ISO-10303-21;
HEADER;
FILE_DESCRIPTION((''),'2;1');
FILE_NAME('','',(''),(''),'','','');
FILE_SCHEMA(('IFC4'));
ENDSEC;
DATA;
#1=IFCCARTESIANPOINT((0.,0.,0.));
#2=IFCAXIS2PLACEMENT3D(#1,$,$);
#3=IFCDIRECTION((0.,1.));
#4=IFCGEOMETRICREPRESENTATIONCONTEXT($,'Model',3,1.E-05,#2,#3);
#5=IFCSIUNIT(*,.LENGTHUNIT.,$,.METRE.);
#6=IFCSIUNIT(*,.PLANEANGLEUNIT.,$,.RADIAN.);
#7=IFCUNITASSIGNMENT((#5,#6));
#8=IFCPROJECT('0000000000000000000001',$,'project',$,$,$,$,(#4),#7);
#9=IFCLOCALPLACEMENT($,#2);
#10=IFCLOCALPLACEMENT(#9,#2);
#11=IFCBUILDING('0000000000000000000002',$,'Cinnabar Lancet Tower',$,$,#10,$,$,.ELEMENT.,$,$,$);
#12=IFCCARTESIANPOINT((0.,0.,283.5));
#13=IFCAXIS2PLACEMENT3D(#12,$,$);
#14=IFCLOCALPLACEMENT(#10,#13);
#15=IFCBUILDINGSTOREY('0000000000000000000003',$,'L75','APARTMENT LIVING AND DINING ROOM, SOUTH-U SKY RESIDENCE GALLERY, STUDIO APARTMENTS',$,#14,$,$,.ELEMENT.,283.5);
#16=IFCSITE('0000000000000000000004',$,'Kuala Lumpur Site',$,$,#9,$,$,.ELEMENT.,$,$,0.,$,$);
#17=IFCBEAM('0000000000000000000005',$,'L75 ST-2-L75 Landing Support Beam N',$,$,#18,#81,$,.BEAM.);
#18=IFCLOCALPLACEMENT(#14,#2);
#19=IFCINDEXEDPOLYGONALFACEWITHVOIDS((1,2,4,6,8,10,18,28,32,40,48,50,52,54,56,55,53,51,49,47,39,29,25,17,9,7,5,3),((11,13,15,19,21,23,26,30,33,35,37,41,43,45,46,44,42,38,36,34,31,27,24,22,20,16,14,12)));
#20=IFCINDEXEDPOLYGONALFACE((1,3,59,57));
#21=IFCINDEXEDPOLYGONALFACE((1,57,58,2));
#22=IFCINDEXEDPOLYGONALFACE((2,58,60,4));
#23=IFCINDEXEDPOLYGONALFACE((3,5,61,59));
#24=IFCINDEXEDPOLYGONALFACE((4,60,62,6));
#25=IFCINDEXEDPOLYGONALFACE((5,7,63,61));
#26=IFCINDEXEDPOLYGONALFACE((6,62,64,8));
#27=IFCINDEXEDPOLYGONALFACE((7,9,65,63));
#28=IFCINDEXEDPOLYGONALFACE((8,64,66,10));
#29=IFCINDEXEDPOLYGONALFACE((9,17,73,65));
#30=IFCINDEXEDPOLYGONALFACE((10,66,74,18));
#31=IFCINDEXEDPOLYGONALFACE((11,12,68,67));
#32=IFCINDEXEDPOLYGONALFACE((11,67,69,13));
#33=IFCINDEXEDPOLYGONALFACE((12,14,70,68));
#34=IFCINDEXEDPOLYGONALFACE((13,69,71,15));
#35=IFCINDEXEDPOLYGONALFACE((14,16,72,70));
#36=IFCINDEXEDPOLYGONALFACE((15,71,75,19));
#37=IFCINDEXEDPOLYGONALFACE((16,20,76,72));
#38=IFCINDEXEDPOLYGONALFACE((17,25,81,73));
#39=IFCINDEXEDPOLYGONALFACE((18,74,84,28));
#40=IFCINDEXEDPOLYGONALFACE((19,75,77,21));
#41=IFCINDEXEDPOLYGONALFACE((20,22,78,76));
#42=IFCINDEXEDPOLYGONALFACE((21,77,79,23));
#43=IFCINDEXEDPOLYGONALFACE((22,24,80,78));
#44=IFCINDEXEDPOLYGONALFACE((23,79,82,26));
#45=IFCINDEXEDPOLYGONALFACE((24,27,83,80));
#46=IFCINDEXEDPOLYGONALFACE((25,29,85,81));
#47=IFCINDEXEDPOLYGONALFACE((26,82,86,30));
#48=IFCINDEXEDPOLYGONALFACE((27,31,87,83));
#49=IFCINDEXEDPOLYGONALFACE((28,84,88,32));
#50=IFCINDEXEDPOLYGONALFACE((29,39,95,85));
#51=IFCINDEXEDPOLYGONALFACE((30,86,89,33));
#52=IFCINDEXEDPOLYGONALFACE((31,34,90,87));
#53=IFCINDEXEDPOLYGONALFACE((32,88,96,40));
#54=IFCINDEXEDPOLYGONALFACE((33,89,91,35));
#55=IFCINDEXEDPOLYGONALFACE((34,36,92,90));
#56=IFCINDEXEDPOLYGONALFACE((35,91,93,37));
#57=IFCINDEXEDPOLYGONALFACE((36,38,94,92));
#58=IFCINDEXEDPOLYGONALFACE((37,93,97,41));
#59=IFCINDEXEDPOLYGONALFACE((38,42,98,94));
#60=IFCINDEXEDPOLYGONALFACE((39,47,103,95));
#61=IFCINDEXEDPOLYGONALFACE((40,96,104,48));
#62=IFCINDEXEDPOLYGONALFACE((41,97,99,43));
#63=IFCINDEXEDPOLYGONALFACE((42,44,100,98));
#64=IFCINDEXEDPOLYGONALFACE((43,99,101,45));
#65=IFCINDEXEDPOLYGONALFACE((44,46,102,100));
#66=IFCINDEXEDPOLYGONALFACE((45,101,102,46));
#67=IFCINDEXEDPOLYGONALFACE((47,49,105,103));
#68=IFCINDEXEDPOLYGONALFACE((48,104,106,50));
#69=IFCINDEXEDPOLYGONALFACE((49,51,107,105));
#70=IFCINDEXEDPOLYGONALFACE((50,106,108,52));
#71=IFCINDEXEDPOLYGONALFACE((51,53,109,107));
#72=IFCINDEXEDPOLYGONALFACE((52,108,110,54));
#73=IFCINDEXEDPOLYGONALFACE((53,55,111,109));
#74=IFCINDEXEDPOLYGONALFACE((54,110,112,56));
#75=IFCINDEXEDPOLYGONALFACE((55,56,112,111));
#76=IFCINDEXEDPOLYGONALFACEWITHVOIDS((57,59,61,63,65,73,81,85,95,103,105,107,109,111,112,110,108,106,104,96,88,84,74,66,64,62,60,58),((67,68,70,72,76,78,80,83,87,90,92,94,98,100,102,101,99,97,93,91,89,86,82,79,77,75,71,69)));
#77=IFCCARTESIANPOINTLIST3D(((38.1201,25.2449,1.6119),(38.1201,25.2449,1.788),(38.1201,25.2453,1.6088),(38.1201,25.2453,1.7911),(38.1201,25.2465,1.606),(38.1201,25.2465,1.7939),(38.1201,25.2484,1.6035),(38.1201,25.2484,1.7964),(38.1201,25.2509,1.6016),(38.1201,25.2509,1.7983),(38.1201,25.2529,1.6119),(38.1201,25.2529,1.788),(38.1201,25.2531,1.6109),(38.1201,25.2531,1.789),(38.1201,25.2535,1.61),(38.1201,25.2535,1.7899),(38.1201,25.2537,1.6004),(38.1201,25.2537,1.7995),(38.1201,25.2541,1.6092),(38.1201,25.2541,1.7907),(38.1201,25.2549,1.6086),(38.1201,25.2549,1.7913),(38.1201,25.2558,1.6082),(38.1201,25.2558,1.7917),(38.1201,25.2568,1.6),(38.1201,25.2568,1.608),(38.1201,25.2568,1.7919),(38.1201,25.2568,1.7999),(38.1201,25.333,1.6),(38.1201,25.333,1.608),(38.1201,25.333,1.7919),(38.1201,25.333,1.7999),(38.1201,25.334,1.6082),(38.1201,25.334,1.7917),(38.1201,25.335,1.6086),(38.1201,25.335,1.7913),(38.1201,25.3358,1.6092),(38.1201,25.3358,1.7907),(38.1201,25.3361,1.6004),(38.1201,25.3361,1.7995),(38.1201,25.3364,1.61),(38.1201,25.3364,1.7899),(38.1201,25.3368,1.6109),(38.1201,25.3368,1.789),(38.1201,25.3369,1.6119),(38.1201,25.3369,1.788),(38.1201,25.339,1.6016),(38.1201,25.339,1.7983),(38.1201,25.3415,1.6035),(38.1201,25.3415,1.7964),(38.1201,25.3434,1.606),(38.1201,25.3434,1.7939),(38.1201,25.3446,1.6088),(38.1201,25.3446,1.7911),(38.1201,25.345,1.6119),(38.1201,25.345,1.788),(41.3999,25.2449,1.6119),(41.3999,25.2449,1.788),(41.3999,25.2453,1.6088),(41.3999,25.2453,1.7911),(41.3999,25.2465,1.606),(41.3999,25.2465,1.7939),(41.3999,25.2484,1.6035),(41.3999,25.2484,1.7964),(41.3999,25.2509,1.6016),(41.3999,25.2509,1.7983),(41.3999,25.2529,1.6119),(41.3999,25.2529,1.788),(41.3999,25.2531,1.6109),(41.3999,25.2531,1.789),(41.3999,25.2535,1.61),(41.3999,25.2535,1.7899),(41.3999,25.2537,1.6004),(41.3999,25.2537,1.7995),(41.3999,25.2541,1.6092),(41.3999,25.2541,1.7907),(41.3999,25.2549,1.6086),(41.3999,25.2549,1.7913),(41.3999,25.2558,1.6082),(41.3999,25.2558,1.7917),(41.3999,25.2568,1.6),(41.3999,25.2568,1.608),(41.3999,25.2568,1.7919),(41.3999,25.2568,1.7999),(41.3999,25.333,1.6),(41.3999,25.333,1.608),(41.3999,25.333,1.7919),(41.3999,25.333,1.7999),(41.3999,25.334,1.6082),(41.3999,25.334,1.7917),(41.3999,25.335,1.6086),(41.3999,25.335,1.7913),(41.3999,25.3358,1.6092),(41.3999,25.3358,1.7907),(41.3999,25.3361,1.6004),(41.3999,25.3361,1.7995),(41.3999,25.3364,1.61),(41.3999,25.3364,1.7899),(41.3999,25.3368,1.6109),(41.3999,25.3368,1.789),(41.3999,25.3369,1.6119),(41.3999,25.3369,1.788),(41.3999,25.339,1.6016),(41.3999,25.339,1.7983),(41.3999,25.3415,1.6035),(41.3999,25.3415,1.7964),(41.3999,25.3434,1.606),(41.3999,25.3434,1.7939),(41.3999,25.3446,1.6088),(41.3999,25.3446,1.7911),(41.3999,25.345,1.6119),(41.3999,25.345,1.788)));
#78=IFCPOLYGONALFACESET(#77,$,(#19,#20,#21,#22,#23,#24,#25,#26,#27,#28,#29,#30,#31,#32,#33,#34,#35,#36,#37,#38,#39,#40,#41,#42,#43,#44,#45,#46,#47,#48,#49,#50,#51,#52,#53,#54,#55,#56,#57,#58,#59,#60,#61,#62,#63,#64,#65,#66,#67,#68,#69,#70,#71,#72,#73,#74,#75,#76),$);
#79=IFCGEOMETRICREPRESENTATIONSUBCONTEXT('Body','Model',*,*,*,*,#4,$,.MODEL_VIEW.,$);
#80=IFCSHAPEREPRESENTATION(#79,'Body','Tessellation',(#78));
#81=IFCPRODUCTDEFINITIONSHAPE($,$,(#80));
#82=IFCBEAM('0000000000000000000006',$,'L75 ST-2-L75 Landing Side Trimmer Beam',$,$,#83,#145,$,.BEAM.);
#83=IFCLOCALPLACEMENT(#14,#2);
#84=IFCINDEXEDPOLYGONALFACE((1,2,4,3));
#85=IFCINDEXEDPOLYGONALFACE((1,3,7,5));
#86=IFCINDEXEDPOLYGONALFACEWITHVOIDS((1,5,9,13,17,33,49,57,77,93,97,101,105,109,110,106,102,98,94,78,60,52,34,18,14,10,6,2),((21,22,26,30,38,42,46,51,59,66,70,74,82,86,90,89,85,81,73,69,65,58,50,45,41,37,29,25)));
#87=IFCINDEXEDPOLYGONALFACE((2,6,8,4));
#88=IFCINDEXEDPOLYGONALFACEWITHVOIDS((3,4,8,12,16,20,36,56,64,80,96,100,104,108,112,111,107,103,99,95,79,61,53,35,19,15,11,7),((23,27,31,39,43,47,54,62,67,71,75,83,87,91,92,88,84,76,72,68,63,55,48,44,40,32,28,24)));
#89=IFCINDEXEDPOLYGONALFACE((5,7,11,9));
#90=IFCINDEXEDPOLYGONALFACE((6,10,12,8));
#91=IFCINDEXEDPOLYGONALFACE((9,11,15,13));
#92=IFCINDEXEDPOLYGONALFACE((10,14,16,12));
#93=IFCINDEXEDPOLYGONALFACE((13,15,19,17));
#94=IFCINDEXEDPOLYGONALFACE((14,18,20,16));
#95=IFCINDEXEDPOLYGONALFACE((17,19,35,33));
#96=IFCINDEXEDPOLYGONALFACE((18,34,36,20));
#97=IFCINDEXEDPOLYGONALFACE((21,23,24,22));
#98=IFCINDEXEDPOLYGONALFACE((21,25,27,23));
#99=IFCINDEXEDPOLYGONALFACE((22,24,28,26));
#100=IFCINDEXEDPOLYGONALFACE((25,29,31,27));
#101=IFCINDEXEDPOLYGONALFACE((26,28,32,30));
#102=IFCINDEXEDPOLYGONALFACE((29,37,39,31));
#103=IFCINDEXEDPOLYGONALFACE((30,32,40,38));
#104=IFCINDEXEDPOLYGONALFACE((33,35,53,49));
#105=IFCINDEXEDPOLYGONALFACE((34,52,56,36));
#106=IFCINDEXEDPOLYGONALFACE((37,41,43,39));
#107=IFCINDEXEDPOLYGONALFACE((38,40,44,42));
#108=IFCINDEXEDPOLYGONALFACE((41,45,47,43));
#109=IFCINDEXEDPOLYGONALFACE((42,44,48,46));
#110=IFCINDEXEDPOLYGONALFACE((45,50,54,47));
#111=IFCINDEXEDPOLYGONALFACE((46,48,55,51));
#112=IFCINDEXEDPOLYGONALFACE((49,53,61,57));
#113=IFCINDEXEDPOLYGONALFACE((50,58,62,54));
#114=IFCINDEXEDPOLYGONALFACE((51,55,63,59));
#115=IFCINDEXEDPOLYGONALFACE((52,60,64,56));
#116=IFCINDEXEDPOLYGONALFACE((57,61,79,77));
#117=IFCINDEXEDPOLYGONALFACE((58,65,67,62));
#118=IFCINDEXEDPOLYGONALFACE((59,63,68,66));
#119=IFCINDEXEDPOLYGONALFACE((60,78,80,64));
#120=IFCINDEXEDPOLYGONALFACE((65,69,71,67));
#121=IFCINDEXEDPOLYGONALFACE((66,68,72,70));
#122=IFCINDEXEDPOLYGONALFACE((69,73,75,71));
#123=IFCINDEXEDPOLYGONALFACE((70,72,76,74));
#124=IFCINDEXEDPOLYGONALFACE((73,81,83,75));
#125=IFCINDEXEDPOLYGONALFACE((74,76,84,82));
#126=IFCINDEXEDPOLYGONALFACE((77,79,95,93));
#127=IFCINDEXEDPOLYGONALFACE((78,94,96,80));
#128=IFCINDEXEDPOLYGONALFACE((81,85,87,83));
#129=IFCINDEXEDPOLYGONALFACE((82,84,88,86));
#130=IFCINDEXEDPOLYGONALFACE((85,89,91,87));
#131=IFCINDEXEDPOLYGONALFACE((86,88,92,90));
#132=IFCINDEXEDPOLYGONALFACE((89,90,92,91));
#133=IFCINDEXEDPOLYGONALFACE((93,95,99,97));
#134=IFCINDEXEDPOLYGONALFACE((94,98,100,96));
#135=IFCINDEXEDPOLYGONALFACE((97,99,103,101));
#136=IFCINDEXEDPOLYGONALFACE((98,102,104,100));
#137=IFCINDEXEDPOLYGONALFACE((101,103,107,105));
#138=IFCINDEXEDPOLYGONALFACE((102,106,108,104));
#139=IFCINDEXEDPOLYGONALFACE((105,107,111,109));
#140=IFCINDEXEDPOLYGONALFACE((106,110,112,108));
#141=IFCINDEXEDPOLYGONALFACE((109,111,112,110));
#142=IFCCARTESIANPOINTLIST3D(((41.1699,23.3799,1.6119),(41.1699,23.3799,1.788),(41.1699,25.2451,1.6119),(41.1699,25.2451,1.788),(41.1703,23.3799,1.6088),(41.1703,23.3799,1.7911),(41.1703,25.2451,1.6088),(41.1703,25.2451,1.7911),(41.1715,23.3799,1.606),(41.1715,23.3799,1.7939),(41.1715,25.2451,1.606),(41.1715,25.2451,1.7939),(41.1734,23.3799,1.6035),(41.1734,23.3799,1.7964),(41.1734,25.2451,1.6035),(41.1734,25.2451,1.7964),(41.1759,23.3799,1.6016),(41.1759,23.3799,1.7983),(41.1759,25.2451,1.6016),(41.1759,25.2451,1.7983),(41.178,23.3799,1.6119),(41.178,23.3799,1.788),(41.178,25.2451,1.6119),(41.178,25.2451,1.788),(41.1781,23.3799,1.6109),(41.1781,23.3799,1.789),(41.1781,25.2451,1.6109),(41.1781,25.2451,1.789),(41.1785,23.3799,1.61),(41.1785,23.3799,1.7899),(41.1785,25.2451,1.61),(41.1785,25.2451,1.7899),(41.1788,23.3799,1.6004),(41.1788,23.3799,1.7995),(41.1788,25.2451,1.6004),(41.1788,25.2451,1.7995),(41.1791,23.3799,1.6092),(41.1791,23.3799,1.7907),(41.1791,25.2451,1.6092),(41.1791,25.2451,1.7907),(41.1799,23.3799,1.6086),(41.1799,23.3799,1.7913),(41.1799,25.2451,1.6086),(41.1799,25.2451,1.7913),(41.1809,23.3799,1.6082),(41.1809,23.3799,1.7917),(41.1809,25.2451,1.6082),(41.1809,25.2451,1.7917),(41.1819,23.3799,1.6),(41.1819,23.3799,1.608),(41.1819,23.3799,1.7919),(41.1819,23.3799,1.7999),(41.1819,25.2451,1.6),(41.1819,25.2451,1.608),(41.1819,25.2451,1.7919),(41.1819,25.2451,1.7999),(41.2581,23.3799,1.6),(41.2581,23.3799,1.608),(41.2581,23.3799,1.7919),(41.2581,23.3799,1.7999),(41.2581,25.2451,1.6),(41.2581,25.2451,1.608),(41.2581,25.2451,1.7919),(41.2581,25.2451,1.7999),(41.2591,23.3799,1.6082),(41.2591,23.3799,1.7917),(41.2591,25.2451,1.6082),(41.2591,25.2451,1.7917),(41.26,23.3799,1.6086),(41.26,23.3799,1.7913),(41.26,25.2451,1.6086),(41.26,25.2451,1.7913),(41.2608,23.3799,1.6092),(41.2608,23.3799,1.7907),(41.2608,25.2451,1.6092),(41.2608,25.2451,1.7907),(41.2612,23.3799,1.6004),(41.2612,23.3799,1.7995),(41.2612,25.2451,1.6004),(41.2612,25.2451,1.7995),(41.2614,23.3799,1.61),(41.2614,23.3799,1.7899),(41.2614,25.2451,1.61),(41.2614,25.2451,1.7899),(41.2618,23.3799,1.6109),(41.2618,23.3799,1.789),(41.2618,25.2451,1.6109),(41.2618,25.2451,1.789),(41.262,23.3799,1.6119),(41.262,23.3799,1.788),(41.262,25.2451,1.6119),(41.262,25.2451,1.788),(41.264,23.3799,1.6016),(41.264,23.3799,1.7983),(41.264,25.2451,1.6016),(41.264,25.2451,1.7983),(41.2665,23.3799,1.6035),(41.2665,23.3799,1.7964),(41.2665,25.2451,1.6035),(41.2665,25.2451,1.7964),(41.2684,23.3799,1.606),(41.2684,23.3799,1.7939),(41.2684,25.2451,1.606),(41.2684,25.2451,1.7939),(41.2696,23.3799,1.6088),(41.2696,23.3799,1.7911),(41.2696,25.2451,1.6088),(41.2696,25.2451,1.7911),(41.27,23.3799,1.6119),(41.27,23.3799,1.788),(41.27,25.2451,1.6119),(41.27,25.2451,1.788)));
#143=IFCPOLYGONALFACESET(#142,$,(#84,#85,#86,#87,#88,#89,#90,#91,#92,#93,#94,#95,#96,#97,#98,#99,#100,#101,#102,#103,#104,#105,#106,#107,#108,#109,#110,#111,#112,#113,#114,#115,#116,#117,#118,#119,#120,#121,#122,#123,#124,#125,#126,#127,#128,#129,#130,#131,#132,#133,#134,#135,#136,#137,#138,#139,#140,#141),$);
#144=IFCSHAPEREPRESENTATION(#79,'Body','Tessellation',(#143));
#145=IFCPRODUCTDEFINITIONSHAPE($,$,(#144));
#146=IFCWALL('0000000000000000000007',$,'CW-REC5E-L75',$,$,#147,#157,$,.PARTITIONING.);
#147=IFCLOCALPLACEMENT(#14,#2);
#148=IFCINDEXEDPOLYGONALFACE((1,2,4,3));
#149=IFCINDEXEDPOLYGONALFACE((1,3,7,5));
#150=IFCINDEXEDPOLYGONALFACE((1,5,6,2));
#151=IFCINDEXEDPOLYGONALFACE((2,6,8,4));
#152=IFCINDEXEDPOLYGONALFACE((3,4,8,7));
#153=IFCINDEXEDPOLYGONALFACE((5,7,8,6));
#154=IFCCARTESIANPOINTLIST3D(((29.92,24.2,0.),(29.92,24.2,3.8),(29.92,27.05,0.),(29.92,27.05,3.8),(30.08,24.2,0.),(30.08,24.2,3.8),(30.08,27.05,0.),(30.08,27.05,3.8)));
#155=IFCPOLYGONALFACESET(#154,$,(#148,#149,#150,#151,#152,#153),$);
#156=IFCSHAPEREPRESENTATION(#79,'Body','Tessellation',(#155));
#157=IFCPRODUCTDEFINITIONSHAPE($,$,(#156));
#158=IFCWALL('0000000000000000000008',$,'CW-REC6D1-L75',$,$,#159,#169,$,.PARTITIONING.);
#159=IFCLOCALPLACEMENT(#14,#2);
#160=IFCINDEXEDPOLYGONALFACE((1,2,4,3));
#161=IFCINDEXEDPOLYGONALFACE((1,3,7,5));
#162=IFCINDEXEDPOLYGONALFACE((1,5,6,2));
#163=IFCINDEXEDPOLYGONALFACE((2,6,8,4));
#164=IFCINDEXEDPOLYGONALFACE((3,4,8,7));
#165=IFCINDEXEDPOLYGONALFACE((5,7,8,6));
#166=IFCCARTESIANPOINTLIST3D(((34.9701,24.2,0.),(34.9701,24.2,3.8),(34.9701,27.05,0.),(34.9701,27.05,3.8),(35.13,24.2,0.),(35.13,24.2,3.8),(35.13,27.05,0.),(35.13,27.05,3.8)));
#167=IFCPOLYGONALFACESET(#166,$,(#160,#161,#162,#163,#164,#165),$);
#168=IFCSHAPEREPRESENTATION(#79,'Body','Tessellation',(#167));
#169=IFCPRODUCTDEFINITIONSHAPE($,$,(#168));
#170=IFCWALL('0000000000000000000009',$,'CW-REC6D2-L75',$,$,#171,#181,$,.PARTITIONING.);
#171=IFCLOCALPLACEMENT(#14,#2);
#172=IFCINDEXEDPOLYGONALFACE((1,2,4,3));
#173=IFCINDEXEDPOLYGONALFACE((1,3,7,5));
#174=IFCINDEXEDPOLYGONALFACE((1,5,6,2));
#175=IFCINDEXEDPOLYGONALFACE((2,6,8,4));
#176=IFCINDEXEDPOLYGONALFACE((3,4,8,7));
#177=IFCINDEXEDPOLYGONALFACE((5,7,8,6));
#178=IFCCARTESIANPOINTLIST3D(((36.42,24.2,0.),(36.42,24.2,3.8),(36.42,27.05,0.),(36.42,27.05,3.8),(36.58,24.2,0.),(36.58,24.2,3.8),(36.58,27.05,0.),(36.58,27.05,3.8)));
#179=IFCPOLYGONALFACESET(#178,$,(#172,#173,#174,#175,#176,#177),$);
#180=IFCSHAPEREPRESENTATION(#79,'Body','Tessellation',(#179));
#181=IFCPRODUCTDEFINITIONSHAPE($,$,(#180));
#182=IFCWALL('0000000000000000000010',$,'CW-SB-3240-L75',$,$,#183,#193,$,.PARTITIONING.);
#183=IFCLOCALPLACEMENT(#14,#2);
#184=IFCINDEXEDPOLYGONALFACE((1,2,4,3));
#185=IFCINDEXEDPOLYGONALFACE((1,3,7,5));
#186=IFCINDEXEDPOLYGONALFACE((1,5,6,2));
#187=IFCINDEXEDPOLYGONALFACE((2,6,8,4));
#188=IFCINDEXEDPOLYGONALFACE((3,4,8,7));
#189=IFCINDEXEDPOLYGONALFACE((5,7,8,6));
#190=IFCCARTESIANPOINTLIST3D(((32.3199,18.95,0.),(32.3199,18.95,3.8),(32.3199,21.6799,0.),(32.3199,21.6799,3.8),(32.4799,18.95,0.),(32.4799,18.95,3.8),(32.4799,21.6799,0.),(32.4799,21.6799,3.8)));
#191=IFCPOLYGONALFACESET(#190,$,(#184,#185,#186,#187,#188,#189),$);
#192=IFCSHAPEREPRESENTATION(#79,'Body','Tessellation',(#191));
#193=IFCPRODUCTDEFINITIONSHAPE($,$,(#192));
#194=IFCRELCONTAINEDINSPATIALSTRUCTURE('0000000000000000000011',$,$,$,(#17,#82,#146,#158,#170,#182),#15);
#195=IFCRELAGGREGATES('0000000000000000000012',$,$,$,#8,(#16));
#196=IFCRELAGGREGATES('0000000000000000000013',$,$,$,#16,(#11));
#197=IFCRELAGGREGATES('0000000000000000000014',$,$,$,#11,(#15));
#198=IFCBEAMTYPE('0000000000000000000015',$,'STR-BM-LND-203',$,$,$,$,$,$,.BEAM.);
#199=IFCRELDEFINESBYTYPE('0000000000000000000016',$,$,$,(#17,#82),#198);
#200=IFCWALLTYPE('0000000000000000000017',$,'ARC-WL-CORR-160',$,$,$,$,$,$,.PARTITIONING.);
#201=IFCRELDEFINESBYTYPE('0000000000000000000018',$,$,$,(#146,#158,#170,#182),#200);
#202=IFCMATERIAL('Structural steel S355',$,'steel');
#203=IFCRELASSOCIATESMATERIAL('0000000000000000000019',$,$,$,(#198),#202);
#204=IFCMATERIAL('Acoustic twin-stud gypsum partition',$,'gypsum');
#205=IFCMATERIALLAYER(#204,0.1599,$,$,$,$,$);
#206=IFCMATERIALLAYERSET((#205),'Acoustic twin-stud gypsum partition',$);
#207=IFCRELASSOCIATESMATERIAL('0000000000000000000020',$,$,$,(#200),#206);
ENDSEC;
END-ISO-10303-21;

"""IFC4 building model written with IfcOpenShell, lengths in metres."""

from ifc_helpers import new_model, si_unit, direction, frame, frame_2d, origin, origin_2d, place, context, subcontext, project, spatial, rectangle, hollow_rectangle, extrude, material, layer, layer_set, material_profile, profile_set, type_object, element, save


model = new_model("IFC4")

# Units and contexts
model_context = context("Model", 3, precision=1e-05, world=origin(), true_north=direction((0.0, 1.0)))
body_context = subcontext(model_context, "Body", "Model", "MODEL_VIEW")
ifc_project = project(units=[si_unit("LENGTHUNIT", "METRE"), si_unit("PLANEANGLEUNIT", "RADIAN")], contexts=[model_context])

# Site, building, storey
site_placement = place(None, origin())
site = spatial("IfcSite", under=ifc_project, at=site_placement, Name="Kuala Lumpur Site", CompositionType="ELEMENT", RefElevation=0.0)
building_placement = place(site_placement, origin())
building = spatial("IfcBuilding", under=site, at=building_placement, Name="Cinnabar Lancet Tower", CompositionType="ELEMENT")
storey_placement = place(building_placement, frame((0.0, 0.0, 283.5)))
storey = spatial("IfcBuildingStorey", under=building, at=storey_placement, Name="L75", Description="APARTMENT LIVING AND DINING ROOM, SOUTH-U SKY RESIDENCE GALLERY, STUDIO APARTMENTS", CompositionType="ELEMENT", Elevation=283.5)

# Beams
ifc_material_1 = material(Name="Structural steel S355", Category="steel")
ifc_material_profile_1 = material_profile(ifc_material_1, hollow_rectangle(XDim=0.1001, YDim=0.2, WallThickness=0.0081, InnerFilletRadius=0.0039, OuterFilletRadius=0.012, at=origin_2d()), Name="RHS 200x100x8")
ifc_profile_set_1 = profile_set([ifc_material_profile_1], Name="Structural steel S355")
beam_type_1 = type_object("IfcBeamType", Name="STR-BM-LND-203", PredefinedType="BEAM", material=ifc_profile_set_1)
for number, where, z_axis, x_axis, name in (
    (1, (38.1201, 25.2949, 1.7), (1.0, 0.0, 0.0), (0.0, 1.0, 0.0), "L75 ST-2-L75 Landing Support Beam N"),
):
    element("IfcBeam", number, at=place(storey_placement, frame(where, z_axis=z_axis, x_axis=x_axis)), inside=storey, type_object=beam_type_1, Name=name, PredefinedType="BEAM", context=body_context, shape_type="SweptSolid", body=[
        extrude(hollow_rectangle(XDim=0.1001, YDim=0.2, WallThickness=0.0081, InnerFilletRadius=0.0039, OuterFilletRadius=0.012, at=origin_2d()), origin(), (0.0, 0.0, 1.0), 3.2798),
    ])
beam_1_placement = place(storey_placement, frame((41.22, 23.3799, 1.7), z_axis=(0.0, 1.0, 0.0), x_axis=(-1.0, 0.0, 0.0)))
element("IfcBeam", 2, at=beam_1_placement, inside=storey, type_object=beam_type_1, Name="L75 ST-2-L75 Landing Side Trimmer Beam", PredefinedType="BEAM", context=body_context, shape_type="SweptSolid", body=[
    extrude(hollow_rectangle(XDim=0.1001, YDim=0.2, WallThickness=0.0081, InnerFilletRadius=0.0039, OuterFilletRadius=0.012, at=origin_2d()), origin(), (0.0, 0.0, 1.0), 1.8652),
])

# Walls
ifc_material_2 = material(Name="Acoustic twin-stud gypsum partition", Category="gypsum")
ifc_layer_1 = layer(ifc_material_2, 0.1599)
ifc_layer_set_1 = layer_set([ifc_layer_1], Name="Acoustic twin-stud gypsum partition")
wall_type_1 = type_object("IfcWallType", Name="ARC-WL-CORR-160", PredefinedType="PARTITIONING", material=ifc_layer_set_1)
for number, where, z_axis, x_axis, name in (
    (3, (30.0, 24.2, 0.0), (0.0, 0.0, 1.0), (0.0, 1.0, 0.0), "CW-REC5E-L75"),
    (4, (35.05, 24.2, 0.0), (0.0, 0.0, 1.0), (0.0, 1.0, 0.0), "CW-REC6D1-L75"),
    (5, (36.5, 24.2, 0.0), (0.0, 0.0, 1.0), (0.0, 1.0, 0.0), "CW-REC6D2-L75"),
):
    element("IfcWall", number, at=place(storey_placement, frame(where, z_axis=z_axis, x_axis=x_axis)), inside=storey, type_object=wall_type_1, Name=name, PredefinedType="PARTITIONING", context=body_context, shape_type="SweptSolid", body=[
        extrude(rectangle(XDim=2.8501, YDim=0.1599, at=frame_2d((1.425, 0.0))), origin(), (0.0, 0.0, 1.0), 3.8),
    ])
wall_1_placement = place(storey_placement, frame((32.3999, 18.95, 0.0), z_axis=(0.0, 0.0, 1.0), x_axis=(0.0, 1.0, 0.0)))
element("IfcWall", 6, at=wall_1_placement, inside=storey, type_object=wall_type_1, Name="CW-SB-3240-L75", PredefinedType="PARTITIONING", context=body_context, shape_type="SweptSolid", body=[
    extrude(rectangle(XDim=2.73, YDim=0.1599, at=frame_2d((1.365, 0.0))), origin(), (0.0, 0.0, 1.0), 3.8),
])

save(model, "model.ifc")
